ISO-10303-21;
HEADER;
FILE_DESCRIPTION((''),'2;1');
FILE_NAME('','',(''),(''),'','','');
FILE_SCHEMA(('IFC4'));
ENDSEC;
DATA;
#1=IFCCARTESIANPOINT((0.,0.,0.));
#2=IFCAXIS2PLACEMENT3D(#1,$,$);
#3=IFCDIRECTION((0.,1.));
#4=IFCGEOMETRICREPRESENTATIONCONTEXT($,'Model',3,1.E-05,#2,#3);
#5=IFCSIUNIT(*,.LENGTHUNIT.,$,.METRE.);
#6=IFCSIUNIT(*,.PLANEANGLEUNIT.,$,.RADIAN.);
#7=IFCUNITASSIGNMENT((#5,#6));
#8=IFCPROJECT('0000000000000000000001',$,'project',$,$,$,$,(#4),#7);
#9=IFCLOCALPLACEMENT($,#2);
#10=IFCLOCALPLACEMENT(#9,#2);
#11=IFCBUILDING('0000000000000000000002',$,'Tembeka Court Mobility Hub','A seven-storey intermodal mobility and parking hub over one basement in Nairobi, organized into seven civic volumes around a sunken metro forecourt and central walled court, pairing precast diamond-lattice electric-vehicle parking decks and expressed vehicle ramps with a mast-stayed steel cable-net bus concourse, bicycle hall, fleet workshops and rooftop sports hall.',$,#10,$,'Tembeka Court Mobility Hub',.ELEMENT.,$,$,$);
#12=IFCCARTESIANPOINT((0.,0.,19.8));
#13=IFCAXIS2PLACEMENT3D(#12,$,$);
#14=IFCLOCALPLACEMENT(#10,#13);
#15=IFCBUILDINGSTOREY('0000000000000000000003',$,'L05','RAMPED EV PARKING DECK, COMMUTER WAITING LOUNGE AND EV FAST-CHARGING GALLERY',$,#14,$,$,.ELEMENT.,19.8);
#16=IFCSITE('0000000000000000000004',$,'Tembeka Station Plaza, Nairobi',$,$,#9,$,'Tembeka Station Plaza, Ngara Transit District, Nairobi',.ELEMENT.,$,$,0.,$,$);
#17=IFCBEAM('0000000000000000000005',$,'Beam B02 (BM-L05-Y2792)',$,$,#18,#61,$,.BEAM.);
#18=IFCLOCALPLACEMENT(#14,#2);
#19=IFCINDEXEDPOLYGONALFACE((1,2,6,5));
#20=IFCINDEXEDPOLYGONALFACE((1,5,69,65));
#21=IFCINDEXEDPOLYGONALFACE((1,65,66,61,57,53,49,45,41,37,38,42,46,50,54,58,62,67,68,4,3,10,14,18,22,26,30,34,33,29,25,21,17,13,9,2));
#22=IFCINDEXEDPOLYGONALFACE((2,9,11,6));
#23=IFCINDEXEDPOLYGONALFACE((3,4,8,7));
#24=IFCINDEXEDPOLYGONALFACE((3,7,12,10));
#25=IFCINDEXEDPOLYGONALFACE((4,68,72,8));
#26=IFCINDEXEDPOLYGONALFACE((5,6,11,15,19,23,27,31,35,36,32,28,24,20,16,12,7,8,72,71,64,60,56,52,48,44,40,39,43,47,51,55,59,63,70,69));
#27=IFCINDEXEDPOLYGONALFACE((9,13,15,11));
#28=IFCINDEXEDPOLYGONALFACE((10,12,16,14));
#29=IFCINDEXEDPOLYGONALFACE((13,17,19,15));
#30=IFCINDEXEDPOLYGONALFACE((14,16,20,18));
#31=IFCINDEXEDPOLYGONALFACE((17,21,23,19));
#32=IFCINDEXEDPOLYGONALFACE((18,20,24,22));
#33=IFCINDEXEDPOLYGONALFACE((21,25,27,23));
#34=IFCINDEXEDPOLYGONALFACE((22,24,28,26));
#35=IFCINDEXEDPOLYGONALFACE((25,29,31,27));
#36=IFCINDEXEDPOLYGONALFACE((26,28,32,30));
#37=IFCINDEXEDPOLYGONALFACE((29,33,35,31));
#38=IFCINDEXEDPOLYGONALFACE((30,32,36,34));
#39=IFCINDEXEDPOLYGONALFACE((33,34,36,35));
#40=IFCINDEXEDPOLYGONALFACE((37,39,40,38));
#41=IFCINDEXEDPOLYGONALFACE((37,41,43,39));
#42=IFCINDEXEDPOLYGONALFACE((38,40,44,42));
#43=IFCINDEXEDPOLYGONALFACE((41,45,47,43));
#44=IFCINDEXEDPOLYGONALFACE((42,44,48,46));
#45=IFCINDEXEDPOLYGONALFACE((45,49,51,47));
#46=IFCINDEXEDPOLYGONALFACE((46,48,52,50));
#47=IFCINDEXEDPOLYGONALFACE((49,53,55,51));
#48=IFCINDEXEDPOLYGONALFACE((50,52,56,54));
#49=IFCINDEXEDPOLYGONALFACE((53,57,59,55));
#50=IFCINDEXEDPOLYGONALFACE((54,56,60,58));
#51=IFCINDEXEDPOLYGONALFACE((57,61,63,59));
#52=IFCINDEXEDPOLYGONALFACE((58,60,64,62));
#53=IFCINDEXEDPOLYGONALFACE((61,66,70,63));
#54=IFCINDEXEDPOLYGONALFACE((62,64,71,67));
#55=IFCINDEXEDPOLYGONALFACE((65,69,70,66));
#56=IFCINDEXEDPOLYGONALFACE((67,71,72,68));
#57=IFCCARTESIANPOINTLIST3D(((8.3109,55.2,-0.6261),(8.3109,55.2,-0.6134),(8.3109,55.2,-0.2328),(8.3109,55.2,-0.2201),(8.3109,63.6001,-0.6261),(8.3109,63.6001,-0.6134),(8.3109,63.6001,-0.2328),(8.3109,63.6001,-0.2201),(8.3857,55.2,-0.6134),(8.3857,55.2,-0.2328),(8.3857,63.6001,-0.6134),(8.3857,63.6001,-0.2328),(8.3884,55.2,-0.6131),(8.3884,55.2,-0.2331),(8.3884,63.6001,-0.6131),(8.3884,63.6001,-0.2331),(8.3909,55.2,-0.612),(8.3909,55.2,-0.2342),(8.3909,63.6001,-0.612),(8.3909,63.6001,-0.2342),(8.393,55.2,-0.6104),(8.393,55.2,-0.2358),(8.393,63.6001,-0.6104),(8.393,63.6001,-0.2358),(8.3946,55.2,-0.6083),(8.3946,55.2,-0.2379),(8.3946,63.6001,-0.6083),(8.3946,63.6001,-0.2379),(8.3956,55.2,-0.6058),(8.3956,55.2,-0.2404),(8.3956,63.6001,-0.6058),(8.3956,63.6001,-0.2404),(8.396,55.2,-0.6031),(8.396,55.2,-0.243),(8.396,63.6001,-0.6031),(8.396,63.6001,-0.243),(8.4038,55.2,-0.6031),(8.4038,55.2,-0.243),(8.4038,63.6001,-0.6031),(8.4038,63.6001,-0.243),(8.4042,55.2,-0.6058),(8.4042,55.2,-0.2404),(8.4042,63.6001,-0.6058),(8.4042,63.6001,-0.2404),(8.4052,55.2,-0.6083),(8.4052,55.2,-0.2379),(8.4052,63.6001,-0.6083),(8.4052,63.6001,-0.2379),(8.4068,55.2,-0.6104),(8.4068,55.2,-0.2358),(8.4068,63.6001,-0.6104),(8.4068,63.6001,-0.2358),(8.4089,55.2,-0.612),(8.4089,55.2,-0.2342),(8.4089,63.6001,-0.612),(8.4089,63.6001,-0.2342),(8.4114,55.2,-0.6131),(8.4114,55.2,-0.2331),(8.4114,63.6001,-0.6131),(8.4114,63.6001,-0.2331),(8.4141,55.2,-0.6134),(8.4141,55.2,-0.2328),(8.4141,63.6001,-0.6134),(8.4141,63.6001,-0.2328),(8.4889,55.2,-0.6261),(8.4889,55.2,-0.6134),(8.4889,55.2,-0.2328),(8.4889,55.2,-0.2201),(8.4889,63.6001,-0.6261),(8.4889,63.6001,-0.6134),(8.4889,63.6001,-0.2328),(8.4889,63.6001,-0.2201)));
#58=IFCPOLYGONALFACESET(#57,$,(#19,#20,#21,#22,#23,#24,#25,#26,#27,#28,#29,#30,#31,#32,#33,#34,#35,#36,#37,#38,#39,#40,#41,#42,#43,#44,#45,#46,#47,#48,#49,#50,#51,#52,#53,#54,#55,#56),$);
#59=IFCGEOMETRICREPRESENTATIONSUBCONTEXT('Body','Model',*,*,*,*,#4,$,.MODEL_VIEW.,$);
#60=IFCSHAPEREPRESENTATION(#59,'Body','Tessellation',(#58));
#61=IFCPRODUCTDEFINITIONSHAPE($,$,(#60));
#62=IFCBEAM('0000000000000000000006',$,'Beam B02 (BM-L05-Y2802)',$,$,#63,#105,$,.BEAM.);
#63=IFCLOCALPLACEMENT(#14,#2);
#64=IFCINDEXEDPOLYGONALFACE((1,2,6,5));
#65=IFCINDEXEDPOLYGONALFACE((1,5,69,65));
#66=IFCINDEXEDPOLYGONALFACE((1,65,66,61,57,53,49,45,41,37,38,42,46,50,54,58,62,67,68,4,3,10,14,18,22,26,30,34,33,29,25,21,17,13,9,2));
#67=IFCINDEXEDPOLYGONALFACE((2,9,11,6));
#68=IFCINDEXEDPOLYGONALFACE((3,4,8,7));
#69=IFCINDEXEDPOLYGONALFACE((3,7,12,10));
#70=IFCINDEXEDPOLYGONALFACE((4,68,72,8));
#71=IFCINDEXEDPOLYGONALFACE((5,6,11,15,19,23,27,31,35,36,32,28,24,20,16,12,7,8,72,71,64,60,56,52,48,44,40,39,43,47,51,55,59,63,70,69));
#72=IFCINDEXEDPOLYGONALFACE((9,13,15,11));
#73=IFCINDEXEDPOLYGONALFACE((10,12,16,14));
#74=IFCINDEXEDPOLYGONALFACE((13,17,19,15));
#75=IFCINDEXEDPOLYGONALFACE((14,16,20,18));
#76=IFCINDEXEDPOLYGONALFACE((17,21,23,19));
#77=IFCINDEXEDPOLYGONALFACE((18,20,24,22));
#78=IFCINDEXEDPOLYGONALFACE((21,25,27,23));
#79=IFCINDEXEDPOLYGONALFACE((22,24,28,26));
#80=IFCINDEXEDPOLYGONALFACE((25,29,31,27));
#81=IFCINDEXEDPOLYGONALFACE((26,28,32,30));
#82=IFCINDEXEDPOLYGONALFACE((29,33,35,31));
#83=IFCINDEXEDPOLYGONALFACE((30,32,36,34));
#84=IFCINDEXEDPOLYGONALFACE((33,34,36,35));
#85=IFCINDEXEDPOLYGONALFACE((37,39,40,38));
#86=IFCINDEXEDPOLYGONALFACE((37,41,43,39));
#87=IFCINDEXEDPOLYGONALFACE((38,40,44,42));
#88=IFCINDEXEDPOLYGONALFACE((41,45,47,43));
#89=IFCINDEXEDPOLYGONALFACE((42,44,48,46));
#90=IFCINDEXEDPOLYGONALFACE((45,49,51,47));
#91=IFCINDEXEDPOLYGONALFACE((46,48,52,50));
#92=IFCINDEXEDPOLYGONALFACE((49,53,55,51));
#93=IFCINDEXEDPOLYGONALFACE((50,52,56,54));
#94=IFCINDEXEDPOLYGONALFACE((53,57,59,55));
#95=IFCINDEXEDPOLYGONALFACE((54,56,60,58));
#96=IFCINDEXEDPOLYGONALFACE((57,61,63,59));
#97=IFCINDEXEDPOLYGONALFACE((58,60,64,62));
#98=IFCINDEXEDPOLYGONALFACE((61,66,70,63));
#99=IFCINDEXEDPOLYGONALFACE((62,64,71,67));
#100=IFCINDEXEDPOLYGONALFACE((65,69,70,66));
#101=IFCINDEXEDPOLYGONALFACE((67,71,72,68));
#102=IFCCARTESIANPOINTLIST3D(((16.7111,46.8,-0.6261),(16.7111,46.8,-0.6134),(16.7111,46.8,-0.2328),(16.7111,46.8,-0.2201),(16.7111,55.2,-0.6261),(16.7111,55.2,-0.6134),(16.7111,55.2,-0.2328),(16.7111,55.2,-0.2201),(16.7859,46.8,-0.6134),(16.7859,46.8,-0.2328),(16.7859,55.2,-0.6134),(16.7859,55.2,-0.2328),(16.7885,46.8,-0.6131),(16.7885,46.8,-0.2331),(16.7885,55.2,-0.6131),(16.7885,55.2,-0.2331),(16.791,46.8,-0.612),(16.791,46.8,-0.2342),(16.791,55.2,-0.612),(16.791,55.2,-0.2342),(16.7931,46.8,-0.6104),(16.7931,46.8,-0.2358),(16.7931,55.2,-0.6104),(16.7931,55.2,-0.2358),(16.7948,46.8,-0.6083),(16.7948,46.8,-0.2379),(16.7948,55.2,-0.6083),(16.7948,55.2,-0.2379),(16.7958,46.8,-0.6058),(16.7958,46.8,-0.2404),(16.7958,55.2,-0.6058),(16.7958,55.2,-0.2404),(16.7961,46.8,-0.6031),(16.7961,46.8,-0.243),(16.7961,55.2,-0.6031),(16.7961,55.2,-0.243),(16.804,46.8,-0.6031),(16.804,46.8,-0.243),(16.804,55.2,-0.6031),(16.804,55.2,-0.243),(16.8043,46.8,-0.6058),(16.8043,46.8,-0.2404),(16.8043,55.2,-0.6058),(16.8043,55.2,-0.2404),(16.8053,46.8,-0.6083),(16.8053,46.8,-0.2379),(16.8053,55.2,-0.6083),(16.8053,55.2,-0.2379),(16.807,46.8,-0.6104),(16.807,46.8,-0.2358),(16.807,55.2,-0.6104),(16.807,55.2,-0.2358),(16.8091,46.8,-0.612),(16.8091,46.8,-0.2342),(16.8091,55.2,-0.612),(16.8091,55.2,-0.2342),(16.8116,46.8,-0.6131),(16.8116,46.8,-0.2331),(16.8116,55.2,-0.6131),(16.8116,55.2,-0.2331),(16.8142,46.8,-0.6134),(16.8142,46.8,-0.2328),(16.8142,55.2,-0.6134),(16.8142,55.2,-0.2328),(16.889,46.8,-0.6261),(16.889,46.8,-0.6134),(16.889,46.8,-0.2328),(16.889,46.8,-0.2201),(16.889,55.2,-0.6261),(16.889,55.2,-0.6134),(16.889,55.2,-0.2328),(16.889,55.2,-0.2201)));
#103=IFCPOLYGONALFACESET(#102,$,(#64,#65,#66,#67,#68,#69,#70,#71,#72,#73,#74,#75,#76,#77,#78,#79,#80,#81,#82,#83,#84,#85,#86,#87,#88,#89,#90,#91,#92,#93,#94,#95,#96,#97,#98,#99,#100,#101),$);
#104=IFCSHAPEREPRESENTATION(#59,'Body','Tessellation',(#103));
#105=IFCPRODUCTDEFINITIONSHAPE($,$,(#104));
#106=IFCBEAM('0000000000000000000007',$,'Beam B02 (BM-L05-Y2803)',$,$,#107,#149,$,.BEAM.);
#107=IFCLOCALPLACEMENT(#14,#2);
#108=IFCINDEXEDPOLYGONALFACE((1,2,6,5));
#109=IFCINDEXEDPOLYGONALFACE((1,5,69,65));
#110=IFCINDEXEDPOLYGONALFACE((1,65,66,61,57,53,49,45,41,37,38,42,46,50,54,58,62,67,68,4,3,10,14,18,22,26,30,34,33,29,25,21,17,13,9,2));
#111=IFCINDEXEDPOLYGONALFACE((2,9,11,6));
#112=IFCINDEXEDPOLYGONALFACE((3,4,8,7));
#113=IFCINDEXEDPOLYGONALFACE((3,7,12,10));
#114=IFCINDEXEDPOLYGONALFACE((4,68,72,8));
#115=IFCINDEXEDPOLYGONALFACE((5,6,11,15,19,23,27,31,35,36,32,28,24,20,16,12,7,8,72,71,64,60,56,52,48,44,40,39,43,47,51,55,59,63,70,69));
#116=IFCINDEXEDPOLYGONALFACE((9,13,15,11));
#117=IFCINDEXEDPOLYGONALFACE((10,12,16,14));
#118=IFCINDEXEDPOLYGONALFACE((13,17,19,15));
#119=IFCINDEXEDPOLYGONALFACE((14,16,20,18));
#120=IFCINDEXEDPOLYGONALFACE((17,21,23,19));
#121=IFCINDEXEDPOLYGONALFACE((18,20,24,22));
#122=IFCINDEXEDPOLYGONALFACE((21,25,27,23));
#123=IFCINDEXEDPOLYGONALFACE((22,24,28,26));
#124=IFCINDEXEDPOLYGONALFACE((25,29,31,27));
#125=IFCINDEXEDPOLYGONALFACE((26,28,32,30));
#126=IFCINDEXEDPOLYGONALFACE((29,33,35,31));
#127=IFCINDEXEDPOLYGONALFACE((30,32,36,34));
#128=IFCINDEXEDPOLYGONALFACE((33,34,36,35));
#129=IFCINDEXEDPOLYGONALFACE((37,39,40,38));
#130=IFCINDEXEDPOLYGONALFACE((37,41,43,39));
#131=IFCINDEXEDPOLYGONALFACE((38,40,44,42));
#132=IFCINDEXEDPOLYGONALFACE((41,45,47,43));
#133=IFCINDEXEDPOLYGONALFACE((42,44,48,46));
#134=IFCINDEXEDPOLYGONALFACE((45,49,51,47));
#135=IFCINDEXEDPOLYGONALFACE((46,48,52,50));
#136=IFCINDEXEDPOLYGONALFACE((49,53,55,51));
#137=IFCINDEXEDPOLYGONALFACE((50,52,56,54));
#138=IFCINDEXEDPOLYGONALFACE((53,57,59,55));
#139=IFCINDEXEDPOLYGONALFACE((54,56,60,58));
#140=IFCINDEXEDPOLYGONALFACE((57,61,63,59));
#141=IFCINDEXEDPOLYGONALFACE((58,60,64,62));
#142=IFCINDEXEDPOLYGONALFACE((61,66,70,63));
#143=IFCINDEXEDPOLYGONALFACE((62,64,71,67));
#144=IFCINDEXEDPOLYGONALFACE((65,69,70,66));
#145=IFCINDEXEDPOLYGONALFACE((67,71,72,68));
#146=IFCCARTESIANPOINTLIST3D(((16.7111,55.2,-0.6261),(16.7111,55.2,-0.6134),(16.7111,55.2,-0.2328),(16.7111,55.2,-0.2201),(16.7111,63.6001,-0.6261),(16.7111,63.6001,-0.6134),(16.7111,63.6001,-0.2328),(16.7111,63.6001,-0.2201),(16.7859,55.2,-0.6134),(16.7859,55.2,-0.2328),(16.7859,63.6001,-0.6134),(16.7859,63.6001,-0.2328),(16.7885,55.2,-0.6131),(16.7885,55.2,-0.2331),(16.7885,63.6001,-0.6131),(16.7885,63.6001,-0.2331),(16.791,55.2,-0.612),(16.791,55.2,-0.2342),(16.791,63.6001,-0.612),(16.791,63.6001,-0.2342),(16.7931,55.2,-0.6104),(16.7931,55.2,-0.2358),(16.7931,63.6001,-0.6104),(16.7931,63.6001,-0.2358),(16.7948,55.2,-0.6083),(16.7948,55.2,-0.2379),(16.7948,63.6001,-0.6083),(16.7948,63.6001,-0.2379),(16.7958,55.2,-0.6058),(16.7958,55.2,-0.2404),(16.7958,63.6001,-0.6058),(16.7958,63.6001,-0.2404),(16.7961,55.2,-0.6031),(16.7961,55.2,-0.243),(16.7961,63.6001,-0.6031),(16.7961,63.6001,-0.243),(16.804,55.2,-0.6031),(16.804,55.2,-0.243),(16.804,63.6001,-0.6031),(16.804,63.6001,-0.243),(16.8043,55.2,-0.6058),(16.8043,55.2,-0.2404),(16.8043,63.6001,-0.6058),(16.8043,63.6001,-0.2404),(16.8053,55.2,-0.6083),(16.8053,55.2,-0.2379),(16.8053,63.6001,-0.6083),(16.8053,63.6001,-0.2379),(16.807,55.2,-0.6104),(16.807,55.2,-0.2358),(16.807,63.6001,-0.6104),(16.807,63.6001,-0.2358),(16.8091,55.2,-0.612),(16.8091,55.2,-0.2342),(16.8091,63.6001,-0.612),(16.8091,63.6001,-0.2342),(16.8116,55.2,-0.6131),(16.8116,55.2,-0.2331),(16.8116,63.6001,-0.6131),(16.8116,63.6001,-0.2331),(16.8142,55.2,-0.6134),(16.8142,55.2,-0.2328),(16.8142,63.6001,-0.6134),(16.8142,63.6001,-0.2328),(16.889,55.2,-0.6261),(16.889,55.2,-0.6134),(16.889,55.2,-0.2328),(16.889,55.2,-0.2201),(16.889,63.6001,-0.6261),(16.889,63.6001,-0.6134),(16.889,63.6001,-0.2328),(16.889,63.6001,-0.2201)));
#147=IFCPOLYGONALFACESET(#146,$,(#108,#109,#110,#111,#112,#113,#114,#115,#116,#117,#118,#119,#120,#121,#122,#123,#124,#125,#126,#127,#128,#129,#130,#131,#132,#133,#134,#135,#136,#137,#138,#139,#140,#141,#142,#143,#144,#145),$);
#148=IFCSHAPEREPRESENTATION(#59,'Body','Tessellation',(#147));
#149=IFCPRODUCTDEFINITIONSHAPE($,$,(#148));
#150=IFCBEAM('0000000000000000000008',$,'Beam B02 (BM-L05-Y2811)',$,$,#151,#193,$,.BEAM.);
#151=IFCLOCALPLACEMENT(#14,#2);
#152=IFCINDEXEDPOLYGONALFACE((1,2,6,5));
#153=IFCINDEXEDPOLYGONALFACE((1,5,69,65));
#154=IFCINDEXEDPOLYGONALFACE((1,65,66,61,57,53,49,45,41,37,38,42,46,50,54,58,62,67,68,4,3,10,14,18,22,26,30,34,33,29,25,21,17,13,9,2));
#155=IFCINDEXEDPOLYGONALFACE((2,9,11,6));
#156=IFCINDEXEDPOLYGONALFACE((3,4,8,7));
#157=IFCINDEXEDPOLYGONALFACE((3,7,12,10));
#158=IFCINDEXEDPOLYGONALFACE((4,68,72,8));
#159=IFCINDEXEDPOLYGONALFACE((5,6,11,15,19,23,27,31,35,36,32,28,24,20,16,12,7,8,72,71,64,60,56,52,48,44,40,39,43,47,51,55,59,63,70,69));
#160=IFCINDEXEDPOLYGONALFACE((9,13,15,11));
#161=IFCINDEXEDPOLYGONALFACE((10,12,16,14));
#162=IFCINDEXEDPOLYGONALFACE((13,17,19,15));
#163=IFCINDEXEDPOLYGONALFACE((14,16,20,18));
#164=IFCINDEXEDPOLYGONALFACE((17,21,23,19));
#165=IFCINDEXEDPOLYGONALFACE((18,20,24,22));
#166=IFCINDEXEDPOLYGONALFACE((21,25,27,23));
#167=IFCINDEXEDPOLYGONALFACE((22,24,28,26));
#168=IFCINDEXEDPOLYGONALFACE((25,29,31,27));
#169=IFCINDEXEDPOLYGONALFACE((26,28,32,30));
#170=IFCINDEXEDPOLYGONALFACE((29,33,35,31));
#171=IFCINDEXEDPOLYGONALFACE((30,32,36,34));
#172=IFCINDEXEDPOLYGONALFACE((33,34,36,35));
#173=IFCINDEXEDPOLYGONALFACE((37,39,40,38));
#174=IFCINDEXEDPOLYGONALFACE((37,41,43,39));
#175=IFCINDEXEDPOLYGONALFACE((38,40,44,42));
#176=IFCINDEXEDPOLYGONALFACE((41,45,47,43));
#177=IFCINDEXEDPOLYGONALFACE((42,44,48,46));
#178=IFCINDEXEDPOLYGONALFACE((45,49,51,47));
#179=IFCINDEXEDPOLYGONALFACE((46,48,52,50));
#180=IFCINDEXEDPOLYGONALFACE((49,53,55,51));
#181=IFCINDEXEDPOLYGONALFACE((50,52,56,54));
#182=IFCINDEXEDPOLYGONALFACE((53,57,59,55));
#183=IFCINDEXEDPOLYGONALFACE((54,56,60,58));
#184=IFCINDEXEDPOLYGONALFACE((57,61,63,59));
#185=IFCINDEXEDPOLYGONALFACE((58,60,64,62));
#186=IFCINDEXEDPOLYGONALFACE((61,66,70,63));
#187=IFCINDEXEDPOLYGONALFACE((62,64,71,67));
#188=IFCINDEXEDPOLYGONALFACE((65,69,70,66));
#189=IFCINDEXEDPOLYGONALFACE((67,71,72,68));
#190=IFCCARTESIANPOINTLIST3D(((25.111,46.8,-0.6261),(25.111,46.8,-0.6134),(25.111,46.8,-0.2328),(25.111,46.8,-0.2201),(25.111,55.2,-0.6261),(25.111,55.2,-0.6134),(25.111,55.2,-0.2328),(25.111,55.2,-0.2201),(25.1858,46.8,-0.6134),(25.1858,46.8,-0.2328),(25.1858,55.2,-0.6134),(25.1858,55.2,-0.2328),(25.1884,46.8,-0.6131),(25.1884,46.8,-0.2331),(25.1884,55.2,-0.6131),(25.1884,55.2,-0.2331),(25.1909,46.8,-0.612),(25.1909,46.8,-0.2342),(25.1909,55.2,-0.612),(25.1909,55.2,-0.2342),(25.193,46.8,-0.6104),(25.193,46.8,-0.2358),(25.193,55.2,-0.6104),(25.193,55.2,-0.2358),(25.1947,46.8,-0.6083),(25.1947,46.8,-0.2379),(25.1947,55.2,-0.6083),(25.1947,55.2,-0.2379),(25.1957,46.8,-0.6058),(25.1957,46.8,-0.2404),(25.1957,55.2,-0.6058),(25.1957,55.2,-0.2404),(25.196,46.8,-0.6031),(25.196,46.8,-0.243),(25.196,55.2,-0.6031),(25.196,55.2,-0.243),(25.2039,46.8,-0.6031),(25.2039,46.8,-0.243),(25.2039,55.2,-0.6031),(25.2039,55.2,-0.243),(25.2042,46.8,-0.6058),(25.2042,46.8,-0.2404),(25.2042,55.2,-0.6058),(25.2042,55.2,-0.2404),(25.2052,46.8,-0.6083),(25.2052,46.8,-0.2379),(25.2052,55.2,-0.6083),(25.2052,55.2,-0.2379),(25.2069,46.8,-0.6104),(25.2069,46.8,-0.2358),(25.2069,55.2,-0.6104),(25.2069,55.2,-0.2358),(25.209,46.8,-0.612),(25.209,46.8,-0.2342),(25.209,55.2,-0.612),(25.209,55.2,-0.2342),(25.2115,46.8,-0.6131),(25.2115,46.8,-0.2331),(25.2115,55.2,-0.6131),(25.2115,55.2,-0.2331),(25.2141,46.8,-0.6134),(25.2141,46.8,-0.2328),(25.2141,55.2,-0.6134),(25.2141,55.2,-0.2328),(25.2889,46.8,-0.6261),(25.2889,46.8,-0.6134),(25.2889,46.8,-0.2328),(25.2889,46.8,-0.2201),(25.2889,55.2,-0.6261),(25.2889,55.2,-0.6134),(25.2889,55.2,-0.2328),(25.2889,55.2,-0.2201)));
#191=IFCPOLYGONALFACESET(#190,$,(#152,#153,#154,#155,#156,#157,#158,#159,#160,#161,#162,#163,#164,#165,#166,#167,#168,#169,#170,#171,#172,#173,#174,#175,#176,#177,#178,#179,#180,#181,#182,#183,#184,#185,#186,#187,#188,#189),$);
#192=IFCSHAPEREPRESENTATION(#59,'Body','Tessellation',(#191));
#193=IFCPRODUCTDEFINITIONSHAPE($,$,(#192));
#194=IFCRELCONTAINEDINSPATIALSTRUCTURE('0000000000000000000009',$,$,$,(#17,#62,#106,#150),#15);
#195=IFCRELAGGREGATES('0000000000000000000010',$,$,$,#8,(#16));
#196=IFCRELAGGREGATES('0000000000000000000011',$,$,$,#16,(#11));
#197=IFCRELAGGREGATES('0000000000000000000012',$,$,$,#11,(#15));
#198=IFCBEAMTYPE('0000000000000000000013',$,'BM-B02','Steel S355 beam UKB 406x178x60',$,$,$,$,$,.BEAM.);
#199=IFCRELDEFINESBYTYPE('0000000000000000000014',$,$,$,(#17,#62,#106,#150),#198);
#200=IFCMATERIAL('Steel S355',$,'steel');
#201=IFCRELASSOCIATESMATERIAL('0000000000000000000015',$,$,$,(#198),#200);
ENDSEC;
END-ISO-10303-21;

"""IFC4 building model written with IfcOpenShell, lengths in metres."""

from ifc_helpers import new_model, si_unit, direction, frame, origin, origin_2d, place, context, subcontext, project, spatial, i_section, extrude, material, material_profile, profile_set, type_object, element, save


model = new_model("IFC4")

# Units and contexts
model_context = context("Model", 3, precision=1e-05, world=origin(), true_north=direction((0.0, 1.0)))
body_context = subcontext(model_context, "Body", "Model", "MODEL_VIEW")
ifc_project = project(units=[si_unit("LENGTHUNIT", "METRE"), si_unit("PLANEANGLEUNIT", "RADIAN")], contexts=[model_context])

# Site, building, storey
site_placement = place(None, origin())
site = spatial("IfcSite", under=ifc_project, at=site_placement, Name="Tembeka Station Plaza, Nairobi", LongName="Tembeka Station Plaza, Ngara Transit District, Nairobi", CompositionType="ELEMENT", RefElevation=0.0)
building_placement = place(site_placement, origin())
building = spatial("IfcBuilding", under=site, at=building_placement, Name="Tembeka Court Mobility Hub", Description="A seven-storey intermodal mobility and parking hub over one basement in Nairobi, organized into seven civic volumes around a sunken metro forecourt and central walled court, pairing precast diamond-lattice electric-vehicle parking decks and expressed vehicle ramps with a mast-stayed steel cable-net bus concourse, bicycle hall, fleet workshops and rooftop sports hall.", LongName="Tembeka Court Mobility Hub", CompositionType="ELEMENT")
storey_placement = place(building_placement, frame((0.0, 0.0, 19.8)))
storey = spatial("IfcBuildingStorey", under=building, at=storey_placement, Name="L05", Description="RAMPED EV PARKING DECK, COMMUTER WAITING LOUNGE AND EV FAST-CHARGING GALLERY", CompositionType="ELEMENT", Elevation=19.8)

# Shared definitions
ifc_material_1 = material(Name="Steel S355", Category="steel")

# Beams
ifc_material_profile_1 = material_profile(ifc_material_1, i_section(OverallWidth=0.178, OverallDepth=0.406, WebThickness=0.0078, FlangeThickness=0.0127, FilletRadius=0.0103, at=origin_2d()), Name="UKB 406x178x60")
ifc_profile_set_1 = profile_set([ifc_material_profile_1], Name="Steel S355")
beam_type_1 = type_object("IfcBeamType", Name="BM-B02", Description="Steel S355 beam UKB 406x178x60", PredefinedType="BEAM", material=ifc_profile_set_1)
beam_1_placement = place(storey_placement, frame((8.3999, 55.2, -0.4231), z_axis=(0.0, 1.0, 0.0), x_axis=(-1.0, 0.0, 0.0)))
element("IfcBeam", 1, at=beam_1_placement, inside=storey, type_object=beam_type_1, Name="Beam B02 (BM-L05-Y2792)", PredefinedType="BEAM", context=body_context, shape_type="SweptSolid", body=[
    extrude(i_section(OverallWidth=0.178, OverallDepth=0.406, WebThickness=0.0078, FlangeThickness=0.0127, FilletRadius=0.0103, at=origin_2d()), origin(), (0.0, 0.0, 1.0), 8.4001),
])
beam_2_placement = place(storey_placement, frame((16.8, 46.8, -0.4231), z_axis=(0.0, 1.0, 0.0), x_axis=(-1.0, 0.0, 0.0)))
element("IfcBeam", 2, at=beam_2_placement, inside=storey, type_object=beam_type_1, Name="Beam B02 (BM-L05-Y2802)", PredefinedType="BEAM", context=body_context, shape_type="SweptSolid", body=[
    extrude(i_section(OverallWidth=0.178, OverallDepth=0.406, WebThickness=0.0078, FlangeThickness=0.0127, FilletRadius=0.0103, at=origin_2d()), origin(), (0.0, 0.0, 1.0), 8.3999),
])
beam_3_placement = place(storey_placement, frame((16.8, 55.2, -0.4231), z_axis=(0.0, 1.0, 0.0), x_axis=(-1.0, 0.0, 0.0)))
element("IfcBeam", 3, at=beam_3_placement, inside=storey, type_object=beam_type_1, Name="Beam B02 (BM-L05-Y2803)", PredefinedType="BEAM", context=body_context, shape_type="SweptSolid", body=[
    extrude(i_section(OverallWidth=0.178, OverallDepth=0.406, WebThickness=0.0078, FlangeThickness=0.0127, FilletRadius=0.0103, at=origin_2d()), origin(), (0.0, 0.0, 1.0), 8.4001),
])
beam_4_placement = place(storey_placement, frame((25.2, 46.8, -0.4231), z_axis=(0.0, 1.0, 0.0), x_axis=(-1.0, 0.0, 0.0)))
element("IfcBeam", 4, at=beam_4_placement, inside=storey, type_object=beam_type_1, Name="Beam B02 (BM-L05-Y2811)", PredefinedType="BEAM", context=body_context, shape_type="SweptSolid", body=[
    extrude(i_section(OverallWidth=0.178, OverallDepth=0.406, WebThickness=0.0078, FlangeThickness=0.0127, FilletRadius=0.0103, at=origin_2d()), origin(), (0.0, 0.0, 1.0), 8.3999),
])

save(model, "model.ifc")
